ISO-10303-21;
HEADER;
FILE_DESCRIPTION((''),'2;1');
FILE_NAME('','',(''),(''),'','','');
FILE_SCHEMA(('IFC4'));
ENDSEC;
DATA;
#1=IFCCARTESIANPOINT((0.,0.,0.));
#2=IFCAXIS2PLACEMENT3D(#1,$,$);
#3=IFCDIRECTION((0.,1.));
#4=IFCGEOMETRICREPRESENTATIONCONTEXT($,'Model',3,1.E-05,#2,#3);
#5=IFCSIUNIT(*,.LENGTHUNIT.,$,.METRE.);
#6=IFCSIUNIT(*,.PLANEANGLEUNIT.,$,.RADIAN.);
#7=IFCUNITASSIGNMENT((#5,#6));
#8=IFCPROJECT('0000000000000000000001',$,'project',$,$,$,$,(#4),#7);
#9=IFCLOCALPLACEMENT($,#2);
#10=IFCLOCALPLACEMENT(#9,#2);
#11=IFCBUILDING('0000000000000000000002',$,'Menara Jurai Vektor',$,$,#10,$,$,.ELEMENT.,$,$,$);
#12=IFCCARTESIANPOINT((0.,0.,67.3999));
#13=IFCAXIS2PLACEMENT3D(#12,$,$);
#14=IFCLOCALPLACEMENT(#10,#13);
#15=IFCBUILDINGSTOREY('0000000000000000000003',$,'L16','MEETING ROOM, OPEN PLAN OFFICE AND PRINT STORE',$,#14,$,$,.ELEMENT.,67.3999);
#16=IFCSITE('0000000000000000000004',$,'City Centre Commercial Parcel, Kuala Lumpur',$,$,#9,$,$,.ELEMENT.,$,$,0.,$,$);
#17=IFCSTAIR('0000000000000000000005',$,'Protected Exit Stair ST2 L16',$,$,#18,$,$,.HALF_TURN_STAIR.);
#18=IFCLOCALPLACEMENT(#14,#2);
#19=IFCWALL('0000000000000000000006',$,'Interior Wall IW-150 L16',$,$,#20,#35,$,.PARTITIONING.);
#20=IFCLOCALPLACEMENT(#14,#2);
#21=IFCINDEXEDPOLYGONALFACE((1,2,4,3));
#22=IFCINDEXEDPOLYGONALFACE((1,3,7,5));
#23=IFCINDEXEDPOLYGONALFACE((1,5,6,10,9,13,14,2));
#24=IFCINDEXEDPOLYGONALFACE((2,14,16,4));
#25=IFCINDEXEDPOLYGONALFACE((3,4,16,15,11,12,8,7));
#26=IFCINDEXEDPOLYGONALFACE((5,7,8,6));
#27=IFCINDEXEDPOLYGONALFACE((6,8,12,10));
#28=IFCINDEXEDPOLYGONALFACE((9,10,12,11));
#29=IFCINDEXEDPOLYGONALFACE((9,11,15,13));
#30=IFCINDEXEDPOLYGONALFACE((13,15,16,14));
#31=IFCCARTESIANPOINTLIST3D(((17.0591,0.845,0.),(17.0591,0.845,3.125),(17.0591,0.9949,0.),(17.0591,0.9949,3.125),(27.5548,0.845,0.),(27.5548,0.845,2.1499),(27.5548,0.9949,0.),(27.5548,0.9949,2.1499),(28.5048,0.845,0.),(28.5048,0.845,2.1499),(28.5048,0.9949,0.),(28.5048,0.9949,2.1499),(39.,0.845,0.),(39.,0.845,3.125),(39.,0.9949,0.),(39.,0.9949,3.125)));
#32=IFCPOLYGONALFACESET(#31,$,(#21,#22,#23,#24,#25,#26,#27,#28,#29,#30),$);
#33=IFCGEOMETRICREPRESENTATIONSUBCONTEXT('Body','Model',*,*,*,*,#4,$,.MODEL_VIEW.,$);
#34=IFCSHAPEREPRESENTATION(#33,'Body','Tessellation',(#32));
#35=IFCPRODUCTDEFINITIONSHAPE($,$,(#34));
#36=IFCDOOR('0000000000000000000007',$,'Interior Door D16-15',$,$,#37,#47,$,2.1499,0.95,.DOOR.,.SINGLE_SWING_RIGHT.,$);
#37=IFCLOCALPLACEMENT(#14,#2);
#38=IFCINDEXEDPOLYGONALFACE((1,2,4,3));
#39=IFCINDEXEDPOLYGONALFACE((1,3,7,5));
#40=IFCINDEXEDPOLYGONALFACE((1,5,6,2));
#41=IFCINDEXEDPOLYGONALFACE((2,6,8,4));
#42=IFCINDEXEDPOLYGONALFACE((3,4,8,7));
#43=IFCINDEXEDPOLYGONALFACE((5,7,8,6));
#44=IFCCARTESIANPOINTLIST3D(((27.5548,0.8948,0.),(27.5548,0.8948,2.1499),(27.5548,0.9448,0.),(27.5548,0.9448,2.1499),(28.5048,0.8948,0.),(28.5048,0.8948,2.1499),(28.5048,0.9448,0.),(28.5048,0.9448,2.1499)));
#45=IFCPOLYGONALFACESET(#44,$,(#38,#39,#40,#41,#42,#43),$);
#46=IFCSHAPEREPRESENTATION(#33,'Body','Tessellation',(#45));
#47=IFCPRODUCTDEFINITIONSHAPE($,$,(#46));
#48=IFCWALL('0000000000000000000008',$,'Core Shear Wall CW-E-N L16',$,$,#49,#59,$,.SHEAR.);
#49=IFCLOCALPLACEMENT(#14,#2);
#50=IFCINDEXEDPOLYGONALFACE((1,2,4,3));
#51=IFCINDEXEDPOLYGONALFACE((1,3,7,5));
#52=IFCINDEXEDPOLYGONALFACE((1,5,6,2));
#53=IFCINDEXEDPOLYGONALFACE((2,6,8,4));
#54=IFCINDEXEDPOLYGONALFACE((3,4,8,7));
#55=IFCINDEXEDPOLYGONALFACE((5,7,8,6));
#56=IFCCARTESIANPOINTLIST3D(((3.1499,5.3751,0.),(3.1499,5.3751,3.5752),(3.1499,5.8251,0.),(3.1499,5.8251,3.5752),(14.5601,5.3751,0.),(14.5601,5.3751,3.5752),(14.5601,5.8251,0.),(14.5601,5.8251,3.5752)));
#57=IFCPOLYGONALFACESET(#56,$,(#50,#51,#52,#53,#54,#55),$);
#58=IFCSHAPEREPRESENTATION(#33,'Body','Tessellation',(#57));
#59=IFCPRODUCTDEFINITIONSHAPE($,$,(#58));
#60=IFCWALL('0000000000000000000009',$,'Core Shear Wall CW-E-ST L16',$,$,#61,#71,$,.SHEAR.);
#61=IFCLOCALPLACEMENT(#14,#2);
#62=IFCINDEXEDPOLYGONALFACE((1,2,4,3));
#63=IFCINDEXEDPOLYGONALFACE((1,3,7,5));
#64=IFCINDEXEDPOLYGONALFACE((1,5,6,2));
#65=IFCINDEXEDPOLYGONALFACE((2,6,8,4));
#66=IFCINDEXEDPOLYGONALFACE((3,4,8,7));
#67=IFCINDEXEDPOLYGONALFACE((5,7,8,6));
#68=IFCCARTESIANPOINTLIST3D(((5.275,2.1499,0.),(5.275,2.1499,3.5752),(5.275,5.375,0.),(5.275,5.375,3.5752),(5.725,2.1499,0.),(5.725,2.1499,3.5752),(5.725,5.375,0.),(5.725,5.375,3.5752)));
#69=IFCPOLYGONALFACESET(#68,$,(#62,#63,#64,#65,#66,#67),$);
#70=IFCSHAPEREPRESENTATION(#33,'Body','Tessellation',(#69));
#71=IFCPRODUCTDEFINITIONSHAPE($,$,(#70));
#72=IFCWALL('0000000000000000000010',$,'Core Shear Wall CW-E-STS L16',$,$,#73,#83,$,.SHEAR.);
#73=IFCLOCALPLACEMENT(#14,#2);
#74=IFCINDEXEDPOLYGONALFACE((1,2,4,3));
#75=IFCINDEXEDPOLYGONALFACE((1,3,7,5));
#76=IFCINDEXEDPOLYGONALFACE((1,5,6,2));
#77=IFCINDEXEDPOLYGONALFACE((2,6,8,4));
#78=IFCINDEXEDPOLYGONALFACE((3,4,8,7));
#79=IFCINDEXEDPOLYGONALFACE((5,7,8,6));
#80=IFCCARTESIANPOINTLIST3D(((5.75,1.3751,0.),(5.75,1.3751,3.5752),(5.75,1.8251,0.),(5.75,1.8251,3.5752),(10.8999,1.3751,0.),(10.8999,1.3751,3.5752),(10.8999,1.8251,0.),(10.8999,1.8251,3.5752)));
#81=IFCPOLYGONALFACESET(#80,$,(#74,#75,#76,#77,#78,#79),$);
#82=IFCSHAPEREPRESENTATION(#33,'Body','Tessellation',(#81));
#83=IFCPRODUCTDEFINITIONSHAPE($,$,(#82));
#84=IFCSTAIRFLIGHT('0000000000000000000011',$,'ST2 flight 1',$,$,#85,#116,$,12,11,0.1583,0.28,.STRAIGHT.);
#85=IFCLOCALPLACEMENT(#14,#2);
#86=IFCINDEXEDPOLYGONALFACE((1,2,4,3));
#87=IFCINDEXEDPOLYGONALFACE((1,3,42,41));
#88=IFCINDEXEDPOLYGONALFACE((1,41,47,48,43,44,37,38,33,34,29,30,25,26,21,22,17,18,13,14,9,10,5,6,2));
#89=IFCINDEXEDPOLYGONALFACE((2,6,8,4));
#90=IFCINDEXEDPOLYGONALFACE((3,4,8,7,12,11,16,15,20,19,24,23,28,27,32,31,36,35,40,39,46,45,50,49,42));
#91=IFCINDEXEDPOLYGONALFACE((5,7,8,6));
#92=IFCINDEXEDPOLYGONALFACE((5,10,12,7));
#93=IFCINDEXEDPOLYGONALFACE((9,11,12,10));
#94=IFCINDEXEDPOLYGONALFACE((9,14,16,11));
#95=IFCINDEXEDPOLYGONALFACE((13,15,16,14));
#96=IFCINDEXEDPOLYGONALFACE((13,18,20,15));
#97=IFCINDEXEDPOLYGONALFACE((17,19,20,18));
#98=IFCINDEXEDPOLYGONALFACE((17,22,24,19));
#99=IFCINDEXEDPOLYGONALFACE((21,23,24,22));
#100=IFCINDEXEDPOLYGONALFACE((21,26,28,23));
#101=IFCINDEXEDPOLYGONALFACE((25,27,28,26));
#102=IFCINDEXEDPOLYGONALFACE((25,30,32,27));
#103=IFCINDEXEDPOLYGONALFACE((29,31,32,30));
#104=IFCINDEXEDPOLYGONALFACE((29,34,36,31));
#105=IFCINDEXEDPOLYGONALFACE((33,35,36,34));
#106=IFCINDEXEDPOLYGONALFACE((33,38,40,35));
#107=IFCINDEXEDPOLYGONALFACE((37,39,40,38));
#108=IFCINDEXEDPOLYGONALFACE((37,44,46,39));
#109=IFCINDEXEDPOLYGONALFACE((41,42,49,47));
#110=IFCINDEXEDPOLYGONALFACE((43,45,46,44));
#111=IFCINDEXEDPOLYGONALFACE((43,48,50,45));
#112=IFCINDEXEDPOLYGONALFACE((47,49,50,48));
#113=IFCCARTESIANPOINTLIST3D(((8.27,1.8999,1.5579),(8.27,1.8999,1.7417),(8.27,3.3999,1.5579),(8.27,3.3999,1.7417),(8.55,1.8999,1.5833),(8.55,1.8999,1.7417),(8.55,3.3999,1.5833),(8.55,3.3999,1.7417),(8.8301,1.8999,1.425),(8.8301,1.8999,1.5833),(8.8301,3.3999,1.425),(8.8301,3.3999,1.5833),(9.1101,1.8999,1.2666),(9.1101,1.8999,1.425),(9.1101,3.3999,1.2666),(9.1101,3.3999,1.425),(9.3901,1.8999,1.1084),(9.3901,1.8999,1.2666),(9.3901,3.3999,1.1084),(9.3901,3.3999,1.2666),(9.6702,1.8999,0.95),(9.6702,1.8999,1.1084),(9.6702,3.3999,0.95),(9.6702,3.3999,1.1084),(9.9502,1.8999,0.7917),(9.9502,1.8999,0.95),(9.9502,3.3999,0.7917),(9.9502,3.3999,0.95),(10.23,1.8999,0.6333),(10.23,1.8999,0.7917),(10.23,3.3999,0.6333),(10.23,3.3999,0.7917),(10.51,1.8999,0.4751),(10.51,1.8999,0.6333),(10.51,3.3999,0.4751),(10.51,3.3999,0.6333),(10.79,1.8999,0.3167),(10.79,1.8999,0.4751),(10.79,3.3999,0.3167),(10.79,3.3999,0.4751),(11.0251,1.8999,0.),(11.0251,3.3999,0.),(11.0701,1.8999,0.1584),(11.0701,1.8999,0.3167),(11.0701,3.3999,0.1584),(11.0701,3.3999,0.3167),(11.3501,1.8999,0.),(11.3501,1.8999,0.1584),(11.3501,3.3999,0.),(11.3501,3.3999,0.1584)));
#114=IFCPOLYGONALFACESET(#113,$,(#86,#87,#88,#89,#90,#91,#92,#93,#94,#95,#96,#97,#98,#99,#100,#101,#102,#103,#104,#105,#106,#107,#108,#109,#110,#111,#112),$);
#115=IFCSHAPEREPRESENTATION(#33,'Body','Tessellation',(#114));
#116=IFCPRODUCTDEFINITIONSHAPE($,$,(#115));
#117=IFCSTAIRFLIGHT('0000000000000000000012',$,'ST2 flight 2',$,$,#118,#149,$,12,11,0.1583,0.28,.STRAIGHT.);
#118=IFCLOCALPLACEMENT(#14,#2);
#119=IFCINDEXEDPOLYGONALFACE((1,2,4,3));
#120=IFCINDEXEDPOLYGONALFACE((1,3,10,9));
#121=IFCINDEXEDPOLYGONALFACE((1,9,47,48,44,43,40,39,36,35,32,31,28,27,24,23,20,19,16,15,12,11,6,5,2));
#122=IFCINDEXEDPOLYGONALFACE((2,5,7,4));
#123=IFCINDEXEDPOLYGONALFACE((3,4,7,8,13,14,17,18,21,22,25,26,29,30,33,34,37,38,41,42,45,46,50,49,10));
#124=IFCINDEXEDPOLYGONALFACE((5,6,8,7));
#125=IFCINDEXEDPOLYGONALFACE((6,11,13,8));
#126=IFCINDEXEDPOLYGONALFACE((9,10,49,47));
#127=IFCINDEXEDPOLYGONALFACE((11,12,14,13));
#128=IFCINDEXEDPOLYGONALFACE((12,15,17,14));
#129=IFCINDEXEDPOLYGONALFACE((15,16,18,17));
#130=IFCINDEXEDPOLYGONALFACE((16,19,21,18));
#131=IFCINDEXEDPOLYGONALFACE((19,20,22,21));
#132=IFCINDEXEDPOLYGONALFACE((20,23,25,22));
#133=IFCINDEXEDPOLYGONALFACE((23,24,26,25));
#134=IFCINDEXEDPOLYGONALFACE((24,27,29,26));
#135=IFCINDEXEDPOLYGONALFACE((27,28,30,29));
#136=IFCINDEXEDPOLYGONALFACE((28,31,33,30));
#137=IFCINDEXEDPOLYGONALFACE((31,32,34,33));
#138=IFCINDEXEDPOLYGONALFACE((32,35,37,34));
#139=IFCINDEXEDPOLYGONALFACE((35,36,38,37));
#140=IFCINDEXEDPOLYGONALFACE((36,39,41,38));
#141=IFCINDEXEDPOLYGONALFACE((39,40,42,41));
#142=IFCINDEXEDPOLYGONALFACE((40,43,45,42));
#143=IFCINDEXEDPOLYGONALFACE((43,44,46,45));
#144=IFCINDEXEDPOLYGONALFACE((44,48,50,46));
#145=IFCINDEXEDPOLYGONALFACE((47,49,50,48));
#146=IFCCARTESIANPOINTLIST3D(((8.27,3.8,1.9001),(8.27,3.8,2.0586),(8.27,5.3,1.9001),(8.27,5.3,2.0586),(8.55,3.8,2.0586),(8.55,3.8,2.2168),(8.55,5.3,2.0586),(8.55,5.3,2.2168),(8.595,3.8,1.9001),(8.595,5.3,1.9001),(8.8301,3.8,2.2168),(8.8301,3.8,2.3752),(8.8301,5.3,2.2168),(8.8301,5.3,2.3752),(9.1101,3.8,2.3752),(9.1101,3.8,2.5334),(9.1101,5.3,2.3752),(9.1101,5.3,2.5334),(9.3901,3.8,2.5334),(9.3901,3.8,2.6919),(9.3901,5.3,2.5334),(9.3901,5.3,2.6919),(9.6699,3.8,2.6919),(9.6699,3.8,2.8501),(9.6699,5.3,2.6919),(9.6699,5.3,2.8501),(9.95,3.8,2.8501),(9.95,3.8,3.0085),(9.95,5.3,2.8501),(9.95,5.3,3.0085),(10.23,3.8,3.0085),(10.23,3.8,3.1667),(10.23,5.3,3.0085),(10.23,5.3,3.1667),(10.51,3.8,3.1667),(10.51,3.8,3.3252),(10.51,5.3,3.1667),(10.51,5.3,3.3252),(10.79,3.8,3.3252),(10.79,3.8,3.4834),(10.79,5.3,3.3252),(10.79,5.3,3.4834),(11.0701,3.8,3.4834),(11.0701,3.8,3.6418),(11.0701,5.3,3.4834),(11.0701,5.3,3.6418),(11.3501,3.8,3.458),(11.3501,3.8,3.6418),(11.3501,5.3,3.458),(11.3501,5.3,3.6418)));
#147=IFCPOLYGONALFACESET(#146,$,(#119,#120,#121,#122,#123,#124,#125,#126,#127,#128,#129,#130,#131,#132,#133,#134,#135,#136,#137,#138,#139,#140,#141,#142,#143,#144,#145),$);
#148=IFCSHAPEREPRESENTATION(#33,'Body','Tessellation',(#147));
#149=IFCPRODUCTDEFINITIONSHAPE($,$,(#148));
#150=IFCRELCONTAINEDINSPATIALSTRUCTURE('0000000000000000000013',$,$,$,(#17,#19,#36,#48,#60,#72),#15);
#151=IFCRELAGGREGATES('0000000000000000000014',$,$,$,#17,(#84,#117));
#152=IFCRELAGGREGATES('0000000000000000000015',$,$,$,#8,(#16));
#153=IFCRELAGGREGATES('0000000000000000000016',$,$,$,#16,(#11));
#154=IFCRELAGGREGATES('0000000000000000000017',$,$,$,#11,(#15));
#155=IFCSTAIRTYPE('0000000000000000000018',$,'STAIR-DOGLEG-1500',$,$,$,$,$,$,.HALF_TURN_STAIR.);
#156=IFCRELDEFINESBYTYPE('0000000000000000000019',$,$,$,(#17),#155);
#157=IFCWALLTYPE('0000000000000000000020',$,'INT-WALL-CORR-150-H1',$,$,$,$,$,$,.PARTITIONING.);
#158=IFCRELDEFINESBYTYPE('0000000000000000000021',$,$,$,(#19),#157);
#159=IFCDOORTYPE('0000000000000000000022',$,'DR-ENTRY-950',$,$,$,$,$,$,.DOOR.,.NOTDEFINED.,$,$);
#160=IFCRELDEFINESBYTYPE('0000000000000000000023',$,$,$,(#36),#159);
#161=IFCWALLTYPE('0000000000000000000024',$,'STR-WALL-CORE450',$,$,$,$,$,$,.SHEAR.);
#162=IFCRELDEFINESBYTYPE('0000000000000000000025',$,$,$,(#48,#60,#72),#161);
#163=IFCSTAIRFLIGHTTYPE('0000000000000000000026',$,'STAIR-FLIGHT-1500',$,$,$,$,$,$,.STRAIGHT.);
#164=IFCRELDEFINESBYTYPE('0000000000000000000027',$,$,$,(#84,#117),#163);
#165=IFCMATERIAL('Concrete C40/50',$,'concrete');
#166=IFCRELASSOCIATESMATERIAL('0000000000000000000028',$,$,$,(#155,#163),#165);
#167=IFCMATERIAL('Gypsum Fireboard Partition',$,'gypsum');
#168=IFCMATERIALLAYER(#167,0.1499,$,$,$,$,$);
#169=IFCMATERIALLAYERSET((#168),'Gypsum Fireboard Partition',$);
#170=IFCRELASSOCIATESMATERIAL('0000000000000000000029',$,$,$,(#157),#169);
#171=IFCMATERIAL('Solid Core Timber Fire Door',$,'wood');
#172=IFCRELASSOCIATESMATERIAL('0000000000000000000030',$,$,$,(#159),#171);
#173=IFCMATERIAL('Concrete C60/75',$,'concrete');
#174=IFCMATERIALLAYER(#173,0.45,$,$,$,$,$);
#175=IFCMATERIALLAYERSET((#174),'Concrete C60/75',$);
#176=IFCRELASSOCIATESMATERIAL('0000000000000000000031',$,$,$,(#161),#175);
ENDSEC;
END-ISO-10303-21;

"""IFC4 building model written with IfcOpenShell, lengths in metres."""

from ifc_helpers import new_model, si_unit, direction, frame, frame_2d, origin, place, context, subcontext, project, spatial, polyline, rectangle, outline, extrude, material, layer, layer_set, type_object, element, fill, aggregate, save


model = new_model("IFC4")

# Units and contexts
model_context = context("Model", 3, precision=1e-05, world=origin(), true_north=direction((0.0, 1.0)))
body_context = subcontext(model_context, "Body", "Model", "MODEL_VIEW")
ifc_project = project(units=[si_unit("LENGTHUNIT", "METRE"), si_unit("PLANEANGLEUNIT", "RADIAN")], contexts=[model_context])

# Site, building, storey
site_placement = place(None, origin())
site = spatial("IfcSite", under=ifc_project, at=site_placement, Name="City Centre Commercial Parcel, Kuala Lumpur", CompositionType="ELEMENT", RefElevation=0.0)
building_placement = place(site_placement, origin())
building = spatial("IfcBuilding", under=site, at=building_placement, Name="Menara Jurai Vektor", CompositionType="ELEMENT")
storey_placement = place(building_placement, frame((0.0, 0.0, 67.3999)))
storey = spatial("IfcBuildingStorey", under=building, at=storey_placement, Name="L16", Description="MEETING ROOM, OPEN PLAN OFFICE AND PRINT STORE", CompositionType="ELEMENT", Elevation=67.3999)

# Shared definitions
ifc_material_1 = material(Name="Concrete C60/75", Category="concrete")

# Stair
ifc_material_2 = material(Name="Concrete C40/50", Category="concrete")
stair_type = type_object("IfcStairType", Name="STAIR-DOGLEG-1500", PredefinedType="HALF_TURN_STAIR", material=ifc_material_2)
stair_1_placement = place(storey_placement, origin())
stair_1 = element("IfcStair", 1, at=stair_1_placement, inside=storey, type_object=stair_type, Name="Protected Exit Stair ST2 L16", PredefinedType="HALF_TURN_STAIR")

# Shared definitions
ifc_material_3 = material(Name="Gypsum Fireboard Partition", Category="gypsum")

# Wall, opening, door
ifc_layer_1 = layer(ifc_material_3, 0.1499)
ifc_layer_set_1 = layer_set([ifc_layer_1], Name="Gypsum Fireboard Partition")
wall_type_1 = type_object("IfcWallType", Name="INT-WALL-CORR-150-H1", PredefinedType="PARTITIONING", material=ifc_layer_set_1)
wall_1_placement = place(storey_placement, frame((17.0591, 0.9199, 0.0), z_axis=(0.0, 0.0, 1.0), x_axis=(1.0, 0.0, 0.0)))
wall_1 = element("IfcWall", 2, at=wall_1_placement, inside=storey, type_object=wall_type_1, Name="Interior Wall IW-150 L16", PredefinedType="PARTITIONING", context=body_context, shape_type="SweptSolid", body=[
    extrude(rectangle(XDim=21.9409, YDim=0.1499, at=frame_2d((10.9705, 0.0))), origin(), (0.0, 0.0, 1.0), 3.125),
])
opening_1_placement = place(wall_1_placement, frame((10.4956, 0.0, 0.0)))
opening_1 = element("IfcOpeningElement", 3, at=opening_1_placement, cuts=wall_1, PredefinedType="OPENING", context=body_context, shape_type="SweptSolid", body=[
    extrude(rectangle(XDim=0.95, YDim=2.1499, at=frame_2d((0.4751, 1.075))), frame((0.0, 0.085, 0.0), z_axis=(0.0, -1.0, 0.0), x_axis=(1.0, 0.0, 0.0)), (0.0, 0.0, 1.0), 0.1699),
])
ifc_material_4 = material(Name="Solid Core Timber Fire Door", Category="wood")
door_type_1 = type_object("IfcDoorType", Name="DR-ENTRY-950", OperationType="NOTDEFINED", PredefinedType="DOOR", material=ifc_material_4)
door_1_placement = place(opening_1_placement, origin())
door_1 = element("IfcDoor", 4, at=door_1_placement, inside=storey, type_object=door_type_1, Name="Interior Door D16-15", OperationType="SINGLE_SWING_RIGHT", OverallHeight=2.1499, OverallWidth=0.95, PredefinedType="DOOR", context=body_context, shape_type="SweptSolid", body=[
    extrude(rectangle(XDim=0.95, YDim=2.1499, at=frame_2d((0.4751, 1.075))), frame((0.0, 0.0249, 0.0), z_axis=(0.0, -1.0, 0.0), x_axis=(1.0, 0.0, 0.0)), (0.0, 0.0, 1.0), 0.05),
])
fill(opening_1, door_1)

# Walls
ifc_layer_2 = layer(ifc_material_1, 0.45)
ifc_layer_set_2 = layer_set([ifc_layer_2], Name="Concrete C60/75")
wall_type_2 = type_object("IfcWallType", Name="STR-WALL-CORE450", PredefinedType="SHEAR", material=ifc_layer_set_2)
wall_2_placement = place(storey_placement, frame((3.1499, 5.6001, 0.0), z_axis=(0.0, 0.0, 1.0), x_axis=(1.0, 0.0, 0.0)))
element("IfcWall", 5, at=wall_2_placement, inside=storey, type_object=wall_type_2, Name="Core Shear Wall CW-E-N L16", PredefinedType="SHEAR", context=body_context, shape_type="SweptSolid", body=[
    extrude(rectangle(XDim=11.4102, YDim=0.45, at=frame_2d((5.7051, 0.0))), origin(), (0.0, 0.0, 1.0), 3.5752),
])
wall_3_placement = place(storey_placement, frame((5.5, 2.1499, 0.0), z_axis=(0.0, 0.0, 1.0), x_axis=(0.0, 1.0, 0.0)))
element("IfcWall", 6, at=wall_3_placement, inside=storey, type_object=wall_type_2, Name="Core Shear Wall CW-E-ST L16", PredefinedType="SHEAR", context=body_context, shape_type="SweptSolid", body=[
    extrude(rectangle(XDim=3.2251, YDim=0.45, at=frame_2d((1.6125, 0.0))), origin(), (0.0, 0.0, 1.0), 3.5752),
])
wall_4_placement = place(storey_placement, frame((5.75, 1.6001, 0.0), z_axis=(0.0, 0.0, 1.0), x_axis=(1.0, 0.0, 0.0)))
element("IfcWall", 7, at=wall_4_placement, inside=storey, type_object=wall_type_2, Name="Core Shear Wall CW-E-STS L16", PredefinedType="SHEAR", context=body_context, shape_type="SweptSolid", body=[
    extrude(rectangle(XDim=5.1499, YDim=0.45, at=frame_2d((2.575, 0.0))), origin(), (0.0, 0.0, 1.0), 3.5752),
])

# Stair flights
stair_flight_type = type_object("IfcStairFlightType", Name="STAIR-FLIGHT-1500", PredefinedType="STRAIGHT", material=ifc_material_2)
stair_flight_1_placement = place(storey_placement, frame((11.3501, 2.6499, 0.0), z_axis=(0.0, 0.0, 1.0), x_axis=(-1.0, 0.0, 0.0)))
stair_flight_1 = element("IfcStairFlight", 8, at=stair_flight_1_placement, type_object=stair_flight_type, Name="ST2 flight 1", NumberOfRisers=12, NumberOfTreads=11, PredefinedType="STRAIGHT", RiserHeight=0.1583, TreadLength=0.28, context=body_context, shape_type="SweptSolid", body=[
    extrude(outline(polyline([(0.0, 0.0), (0.0, 0.1584), (0.28, 0.1584), (0.28, 0.3167), (0.5601, 0.3167), (0.5601, 0.4751), (0.8401, 0.4751), (0.8401, 0.6333), (1.1201, 0.6333), (1.1201, 0.7917), (1.3999, 0.7917), (1.3999, 0.95), (1.6799, 0.95), (1.6799, 1.1084), (1.96, 1.1084), (1.96, 1.2666), (2.24, 1.2666), (2.24, 1.425), (2.52, 1.425), (2.52, 1.5833), (2.8, 1.5833), (2.8, 1.7417), (3.0801, 1.7417), (3.0801, 1.8999), (3.0801, 1.5579), (0.325, 0.0), (0.0, 0.0)])), frame((0.0, 0.75, 0.0), z_axis=(0.0, -1.0, 0.0), x_axis=(1.0, 0.0, 0.0)), (0.0, 0.0, 1.0), 1.5),
])
stair_flight_2_placement = place(storey_placement, frame((8.27, 4.55, 1.9001), z_axis=(0.0, 0.0, 1.0), x_axis=(1.0, 0.0, 0.0)))
stair_flight_2 = element("IfcStairFlight", 9, at=stair_flight_2_placement, type_object=stair_flight_type, Name="ST2 flight 2", NumberOfRisers=12, NumberOfTreads=11, PredefinedType="STRAIGHT", RiserHeight=0.1583, TreadLength=0.28, context=body_context, shape_type="SweptSolid", body=[
    extrude(outline(polyline([(0.0, 0.0), (0.0, 0.1584), (0.28, 0.1584), (0.28, 0.3167), (0.5601, 0.3167), (0.5601, 0.4751), (0.8401, 0.4751), (0.8401, 0.6333), (1.1201, 0.6333), (1.1201, 0.7917), (1.3999, 0.7917), (1.3999, 0.95), (1.6799, 0.95), (1.6799, 1.1084), (1.96, 1.1084), (1.96, 1.2666), (2.24, 1.2666), (2.24, 1.425), (2.52, 1.425), (2.52, 1.5833), (2.8, 1.5833), (2.8, 1.7417), (3.0801, 1.7417), (3.0801, 1.8999), (3.0801, 1.5579), (0.325, 0.0), (0.0, 0.0)])), frame((0.0, 0.75, 0.0), z_axis=(0.0, -1.0, 0.0), x_axis=(1.0, 0.0, 0.0)), (0.0, 0.0, 1.0), 1.5),
])
aggregate(stair_1, [stair_flight_1, stair_flight_2])

save(model, "model.ifc")
